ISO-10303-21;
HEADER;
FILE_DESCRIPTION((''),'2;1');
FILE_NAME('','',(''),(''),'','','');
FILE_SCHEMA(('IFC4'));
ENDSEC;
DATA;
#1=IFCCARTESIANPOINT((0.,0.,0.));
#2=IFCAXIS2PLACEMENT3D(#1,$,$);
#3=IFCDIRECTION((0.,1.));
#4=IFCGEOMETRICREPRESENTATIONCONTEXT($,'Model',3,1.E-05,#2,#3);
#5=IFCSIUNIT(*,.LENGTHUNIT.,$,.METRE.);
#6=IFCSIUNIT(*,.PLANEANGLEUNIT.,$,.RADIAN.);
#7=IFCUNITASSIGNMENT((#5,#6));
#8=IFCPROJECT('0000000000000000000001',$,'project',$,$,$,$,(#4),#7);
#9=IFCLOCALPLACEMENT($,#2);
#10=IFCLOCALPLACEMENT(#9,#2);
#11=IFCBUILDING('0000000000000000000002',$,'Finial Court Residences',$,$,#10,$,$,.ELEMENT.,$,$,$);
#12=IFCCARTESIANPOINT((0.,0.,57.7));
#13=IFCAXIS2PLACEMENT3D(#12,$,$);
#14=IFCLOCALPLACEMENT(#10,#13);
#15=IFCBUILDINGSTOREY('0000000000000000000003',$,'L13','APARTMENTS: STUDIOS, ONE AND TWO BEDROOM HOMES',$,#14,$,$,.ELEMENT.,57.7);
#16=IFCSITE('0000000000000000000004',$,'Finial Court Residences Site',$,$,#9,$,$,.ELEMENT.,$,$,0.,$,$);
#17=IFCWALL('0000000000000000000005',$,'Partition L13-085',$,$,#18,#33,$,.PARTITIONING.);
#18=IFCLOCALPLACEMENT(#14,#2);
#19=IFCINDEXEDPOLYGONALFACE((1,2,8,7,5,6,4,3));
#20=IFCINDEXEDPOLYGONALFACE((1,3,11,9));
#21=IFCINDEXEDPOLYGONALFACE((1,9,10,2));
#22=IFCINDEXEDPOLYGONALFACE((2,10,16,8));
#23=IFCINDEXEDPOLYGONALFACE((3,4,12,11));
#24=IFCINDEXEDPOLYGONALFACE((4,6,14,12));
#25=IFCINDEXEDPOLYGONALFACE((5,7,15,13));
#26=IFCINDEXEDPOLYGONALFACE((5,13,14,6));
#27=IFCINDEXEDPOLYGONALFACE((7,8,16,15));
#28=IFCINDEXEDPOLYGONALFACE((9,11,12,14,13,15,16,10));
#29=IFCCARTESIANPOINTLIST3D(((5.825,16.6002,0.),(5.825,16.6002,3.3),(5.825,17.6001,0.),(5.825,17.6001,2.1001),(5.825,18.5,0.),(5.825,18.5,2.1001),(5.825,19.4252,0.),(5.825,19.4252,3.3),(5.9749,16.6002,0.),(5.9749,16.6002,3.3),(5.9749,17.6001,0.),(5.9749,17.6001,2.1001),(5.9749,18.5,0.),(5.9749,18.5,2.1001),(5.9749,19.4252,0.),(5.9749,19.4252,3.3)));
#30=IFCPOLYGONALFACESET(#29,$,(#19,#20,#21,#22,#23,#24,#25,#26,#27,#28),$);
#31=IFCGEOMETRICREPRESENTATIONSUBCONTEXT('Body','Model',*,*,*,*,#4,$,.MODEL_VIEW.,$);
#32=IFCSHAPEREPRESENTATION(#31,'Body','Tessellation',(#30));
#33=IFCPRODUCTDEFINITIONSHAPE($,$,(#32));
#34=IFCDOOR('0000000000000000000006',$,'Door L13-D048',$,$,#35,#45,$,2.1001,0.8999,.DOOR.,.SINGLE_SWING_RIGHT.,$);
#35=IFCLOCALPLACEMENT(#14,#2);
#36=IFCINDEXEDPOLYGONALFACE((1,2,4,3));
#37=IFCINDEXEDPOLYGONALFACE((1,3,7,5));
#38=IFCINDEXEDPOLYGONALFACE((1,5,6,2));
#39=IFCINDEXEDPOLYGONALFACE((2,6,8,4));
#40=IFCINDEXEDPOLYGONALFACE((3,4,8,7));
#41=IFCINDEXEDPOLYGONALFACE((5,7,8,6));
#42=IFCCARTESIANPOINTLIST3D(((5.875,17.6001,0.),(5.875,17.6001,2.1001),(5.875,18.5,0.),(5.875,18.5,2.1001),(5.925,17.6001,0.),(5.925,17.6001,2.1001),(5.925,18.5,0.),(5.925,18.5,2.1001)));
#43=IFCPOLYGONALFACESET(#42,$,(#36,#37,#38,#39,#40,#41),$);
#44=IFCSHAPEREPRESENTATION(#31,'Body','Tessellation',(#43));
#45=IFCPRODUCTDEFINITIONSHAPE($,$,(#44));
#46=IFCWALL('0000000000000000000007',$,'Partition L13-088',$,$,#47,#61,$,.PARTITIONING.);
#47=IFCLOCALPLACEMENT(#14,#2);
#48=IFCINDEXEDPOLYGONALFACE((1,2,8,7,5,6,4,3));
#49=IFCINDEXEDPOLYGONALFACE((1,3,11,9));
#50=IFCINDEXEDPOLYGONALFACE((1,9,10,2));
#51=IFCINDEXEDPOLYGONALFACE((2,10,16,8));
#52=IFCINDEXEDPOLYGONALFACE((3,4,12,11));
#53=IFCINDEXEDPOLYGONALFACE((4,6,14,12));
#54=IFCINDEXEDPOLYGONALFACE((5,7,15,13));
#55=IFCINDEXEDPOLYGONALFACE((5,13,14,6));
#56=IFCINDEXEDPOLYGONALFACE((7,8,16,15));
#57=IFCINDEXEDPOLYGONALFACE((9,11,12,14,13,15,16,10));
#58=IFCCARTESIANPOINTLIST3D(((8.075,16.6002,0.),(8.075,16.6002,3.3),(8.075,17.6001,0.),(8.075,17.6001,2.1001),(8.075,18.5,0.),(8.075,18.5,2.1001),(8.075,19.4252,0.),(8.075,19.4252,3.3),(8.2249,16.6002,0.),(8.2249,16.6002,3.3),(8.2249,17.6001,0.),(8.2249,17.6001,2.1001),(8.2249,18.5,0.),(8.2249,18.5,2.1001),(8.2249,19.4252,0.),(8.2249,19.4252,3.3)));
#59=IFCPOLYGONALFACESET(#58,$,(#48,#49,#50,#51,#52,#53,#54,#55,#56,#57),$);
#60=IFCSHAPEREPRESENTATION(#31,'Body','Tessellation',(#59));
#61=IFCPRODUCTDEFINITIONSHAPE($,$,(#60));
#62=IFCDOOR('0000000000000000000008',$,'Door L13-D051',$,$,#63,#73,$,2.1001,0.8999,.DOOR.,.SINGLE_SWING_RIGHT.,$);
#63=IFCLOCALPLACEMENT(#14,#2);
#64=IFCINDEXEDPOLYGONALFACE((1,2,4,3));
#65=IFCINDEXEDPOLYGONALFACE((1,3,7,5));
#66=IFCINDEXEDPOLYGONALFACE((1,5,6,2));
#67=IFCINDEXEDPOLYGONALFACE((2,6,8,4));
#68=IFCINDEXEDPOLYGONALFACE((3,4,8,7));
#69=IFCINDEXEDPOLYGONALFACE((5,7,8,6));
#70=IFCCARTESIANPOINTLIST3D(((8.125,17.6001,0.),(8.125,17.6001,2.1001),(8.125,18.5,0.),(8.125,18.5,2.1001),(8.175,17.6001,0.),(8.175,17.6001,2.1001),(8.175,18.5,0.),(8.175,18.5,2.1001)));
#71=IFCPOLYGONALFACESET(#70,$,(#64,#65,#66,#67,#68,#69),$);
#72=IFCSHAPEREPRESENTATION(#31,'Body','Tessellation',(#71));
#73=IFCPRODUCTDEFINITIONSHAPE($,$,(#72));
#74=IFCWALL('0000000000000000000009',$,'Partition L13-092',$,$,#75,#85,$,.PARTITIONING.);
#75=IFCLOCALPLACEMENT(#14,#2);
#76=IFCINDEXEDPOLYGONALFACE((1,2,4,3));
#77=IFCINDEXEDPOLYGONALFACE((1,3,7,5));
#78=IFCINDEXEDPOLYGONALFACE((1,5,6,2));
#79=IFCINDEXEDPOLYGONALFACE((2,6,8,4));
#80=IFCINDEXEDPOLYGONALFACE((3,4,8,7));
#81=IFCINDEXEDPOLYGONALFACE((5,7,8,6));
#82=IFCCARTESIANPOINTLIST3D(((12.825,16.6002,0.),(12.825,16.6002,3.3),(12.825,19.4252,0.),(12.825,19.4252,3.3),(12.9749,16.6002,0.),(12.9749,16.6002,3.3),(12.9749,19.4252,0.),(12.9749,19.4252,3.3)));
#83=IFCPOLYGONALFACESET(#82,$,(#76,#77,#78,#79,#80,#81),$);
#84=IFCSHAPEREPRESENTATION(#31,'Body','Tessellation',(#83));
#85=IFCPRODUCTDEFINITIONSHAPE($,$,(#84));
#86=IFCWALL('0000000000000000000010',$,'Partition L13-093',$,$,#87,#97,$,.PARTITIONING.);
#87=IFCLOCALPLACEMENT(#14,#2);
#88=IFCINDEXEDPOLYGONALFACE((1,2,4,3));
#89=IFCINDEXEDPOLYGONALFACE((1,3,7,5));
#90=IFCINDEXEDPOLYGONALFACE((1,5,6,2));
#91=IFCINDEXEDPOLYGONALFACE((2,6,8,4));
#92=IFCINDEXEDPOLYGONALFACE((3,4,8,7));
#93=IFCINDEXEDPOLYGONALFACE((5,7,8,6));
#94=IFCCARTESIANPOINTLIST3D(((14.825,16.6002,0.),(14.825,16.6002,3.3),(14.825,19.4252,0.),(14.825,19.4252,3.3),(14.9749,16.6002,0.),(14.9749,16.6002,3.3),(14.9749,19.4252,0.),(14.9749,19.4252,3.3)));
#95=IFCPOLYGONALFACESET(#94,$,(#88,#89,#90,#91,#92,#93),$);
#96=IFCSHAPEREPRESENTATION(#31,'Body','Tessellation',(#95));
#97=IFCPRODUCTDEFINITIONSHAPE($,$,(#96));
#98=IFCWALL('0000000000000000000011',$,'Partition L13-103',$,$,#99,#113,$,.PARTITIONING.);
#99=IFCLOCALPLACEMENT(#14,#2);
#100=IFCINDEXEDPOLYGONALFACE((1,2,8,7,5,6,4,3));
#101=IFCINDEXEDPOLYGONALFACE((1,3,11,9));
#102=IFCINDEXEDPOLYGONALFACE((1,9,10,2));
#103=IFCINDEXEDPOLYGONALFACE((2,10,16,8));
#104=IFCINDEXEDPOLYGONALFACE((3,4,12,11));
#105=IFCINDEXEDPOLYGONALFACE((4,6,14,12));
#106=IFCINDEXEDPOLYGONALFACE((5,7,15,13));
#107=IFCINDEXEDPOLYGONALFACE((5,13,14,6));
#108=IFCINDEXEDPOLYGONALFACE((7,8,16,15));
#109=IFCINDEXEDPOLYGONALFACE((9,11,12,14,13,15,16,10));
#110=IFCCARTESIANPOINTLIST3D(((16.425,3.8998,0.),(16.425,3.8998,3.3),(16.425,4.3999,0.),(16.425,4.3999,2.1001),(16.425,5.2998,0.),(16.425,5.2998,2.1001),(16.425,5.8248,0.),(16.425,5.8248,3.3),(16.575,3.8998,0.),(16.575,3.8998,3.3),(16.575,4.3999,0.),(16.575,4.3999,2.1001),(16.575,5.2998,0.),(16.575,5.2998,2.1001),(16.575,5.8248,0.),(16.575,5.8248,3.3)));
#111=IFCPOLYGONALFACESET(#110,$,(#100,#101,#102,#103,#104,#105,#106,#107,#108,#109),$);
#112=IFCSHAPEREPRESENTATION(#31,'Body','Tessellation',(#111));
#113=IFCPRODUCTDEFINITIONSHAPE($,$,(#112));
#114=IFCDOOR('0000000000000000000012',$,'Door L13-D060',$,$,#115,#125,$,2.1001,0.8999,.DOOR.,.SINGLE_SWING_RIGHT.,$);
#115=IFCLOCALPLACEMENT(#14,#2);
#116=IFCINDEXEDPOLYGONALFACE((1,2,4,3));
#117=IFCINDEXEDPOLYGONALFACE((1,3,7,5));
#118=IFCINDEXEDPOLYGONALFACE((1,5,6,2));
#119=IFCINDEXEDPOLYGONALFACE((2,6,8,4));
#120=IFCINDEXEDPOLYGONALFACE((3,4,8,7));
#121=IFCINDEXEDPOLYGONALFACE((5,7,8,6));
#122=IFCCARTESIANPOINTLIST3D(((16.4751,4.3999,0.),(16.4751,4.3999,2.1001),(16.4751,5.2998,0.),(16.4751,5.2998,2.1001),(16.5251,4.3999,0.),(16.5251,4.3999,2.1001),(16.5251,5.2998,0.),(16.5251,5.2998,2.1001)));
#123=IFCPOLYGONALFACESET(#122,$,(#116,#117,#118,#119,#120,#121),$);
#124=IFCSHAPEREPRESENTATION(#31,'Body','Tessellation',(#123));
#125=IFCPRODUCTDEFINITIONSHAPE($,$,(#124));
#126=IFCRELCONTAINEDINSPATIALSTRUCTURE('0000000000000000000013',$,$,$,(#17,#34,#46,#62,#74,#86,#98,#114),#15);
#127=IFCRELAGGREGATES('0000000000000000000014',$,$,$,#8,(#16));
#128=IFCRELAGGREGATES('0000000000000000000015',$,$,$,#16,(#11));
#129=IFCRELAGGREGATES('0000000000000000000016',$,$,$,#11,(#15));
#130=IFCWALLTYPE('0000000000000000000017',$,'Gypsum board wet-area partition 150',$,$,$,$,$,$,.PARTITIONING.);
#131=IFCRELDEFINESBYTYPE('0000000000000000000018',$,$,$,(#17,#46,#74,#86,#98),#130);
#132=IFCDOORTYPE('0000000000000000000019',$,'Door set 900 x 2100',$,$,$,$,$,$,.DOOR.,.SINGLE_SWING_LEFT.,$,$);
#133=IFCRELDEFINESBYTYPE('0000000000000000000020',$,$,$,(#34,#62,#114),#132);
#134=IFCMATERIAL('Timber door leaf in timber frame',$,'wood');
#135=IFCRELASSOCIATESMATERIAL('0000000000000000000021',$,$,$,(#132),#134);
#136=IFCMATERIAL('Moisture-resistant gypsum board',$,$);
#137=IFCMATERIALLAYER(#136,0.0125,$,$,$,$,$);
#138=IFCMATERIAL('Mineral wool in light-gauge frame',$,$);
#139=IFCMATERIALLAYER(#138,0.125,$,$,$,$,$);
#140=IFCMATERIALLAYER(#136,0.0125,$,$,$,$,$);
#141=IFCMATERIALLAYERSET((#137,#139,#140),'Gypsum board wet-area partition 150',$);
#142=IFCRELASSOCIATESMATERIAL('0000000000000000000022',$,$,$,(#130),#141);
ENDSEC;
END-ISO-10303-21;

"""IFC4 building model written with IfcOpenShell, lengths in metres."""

from ifc_helpers import new_model, si_unit, direction, frame, frame_2d, origin, place, context, subcontext, project, spatial, rectangle, extrude, material, layer, layer_set, type_object, element, fill, save


model = new_model("IFC4")

# Units and contexts
model_context = context("Model", 3, precision=1e-05, world=origin(), true_north=direction((0.0, 1.0)))
body_context = subcontext(model_context, "Body", "Model", "MODEL_VIEW")
ifc_project = project(units=[si_unit("LENGTHUNIT", "METRE"), si_unit("PLANEANGLEUNIT", "RADIAN")], contexts=[model_context])

# Site, building, storey
site_placement = place(None, origin())
site = spatial("IfcSite", under=ifc_project, at=site_placement, Name="Finial Court Residences Site", CompositionType="ELEMENT", RefElevation=0.0)
building_placement = place(site_placement, origin())
building = spatial("IfcBuilding", under=site, at=building_placement, Name="Finial Court Residences", CompositionType="ELEMENT")
storey_placement = place(building_placement, frame((0.0, 0.0, 57.7)))
storey = spatial("IfcBuildingStorey", under=building, at=storey_placement, Name="L13", Description="APARTMENTS: STUDIOS, ONE AND TWO BEDROOM HOMES", CompositionType="ELEMENT", Elevation=57.7)

# Shared definitions
ifc_material_1 = material(Name="Mineral wool in light-gauge frame")

# Shared definitions
ifc_material_2 = material(Name="Timber door leaf in timber frame", Category="wood")
door_type = type_object("IfcDoorType", Name="Door set 900 x 2100", OperationType="SINGLE_SWING_LEFT", PredefinedType="DOOR", material=ifc_material_2)

# Shared definitions
ifc_material_3 = material(Name="Moisture-resistant gypsum board")
ifc_layer_1 = layer(ifc_material_3, 0.0125)
ifc_layer_2 = layer(ifc_material_1, 0.125)
ifc_layer_3 = layer(ifc_material_3, 0.0125)
ifc_layer_set_1 = layer_set([ifc_layer_1, ifc_layer_2, ifc_layer_3], Name="Gypsum board wet-area partition 150")
wall_type_1 = type_object("IfcWallType", Name="Gypsum board wet-area partition 150", PredefinedType="PARTITIONING", material=ifc_layer_set_1)

# Walls, openings, doors
wall_1_placement = place(storey_placement, frame((5.8999, 16.6001, 0.0), z_axis=(0.0, 0.0, 1.0), x_axis=(0.0, 1.0, 0.0)))
wall_1 = element("IfcWall", 1, at=wall_1_placement, inside=storey, type_object=wall_type_1, Name="Partition L13-085", PredefinedType="PARTITIONING", context=body_context, shape_type="SweptSolid", body=[
    extrude(rectangle(XDim=2.825, YDim=0.1499, at=frame_2d((1.4126, 0.0))), origin(), (0.0, 0.0, 1.0), 3.3),
])
opening_1_placement = place(wall_1_placement, frame((1.0, 0.0, 0.0)))
opening_1 = element("IfcOpeningElement", 2, at=opening_1_placement, cuts=wall_1, PredefinedType="OPENING", context=body_context, shape_type="SweptSolid", body=[
    extrude(rectangle(XDim=0.8999, YDim=2.1001, at=frame_2d((0.45, 1.05))), frame((0.0, 0.085, 0.0), z_axis=(0.0, -1.0, 0.0), x_axis=(1.0, 0.0, 0.0)), (0.0, 0.0, 1.0), 0.1699),
])
door_1_placement = place(opening_1_placement, origin())
door_1 = element("IfcDoor", 3, at=door_1_placement, inside=storey, type_object=door_type, Name="Door L13-D048", OperationType="SINGLE_SWING_RIGHT", OverallHeight=2.1001, OverallWidth=0.8999, PredefinedType="DOOR", context=body_context, shape_type="SweptSolid", body=[
    extrude(rectangle(XDim=0.8999, YDim=2.1001, at=frame_2d((0.45, 1.05))), frame((0.0, 0.0249, 0.0), z_axis=(0.0, -1.0, 0.0), x_axis=(1.0, 0.0, 0.0)), (0.0, 0.0, 1.0), 0.05),
])
fill(opening_1, door_1)
wall_2_placement = place(storey_placement, frame((8.1499, 16.6001, 0.0), z_axis=(0.0, 0.0, 1.0), x_axis=(0.0, 1.0, 0.0)))
wall_2 = element("IfcWall", 4, at=wall_2_placement, inside=storey, type_object=wall_type_1, Name="Partition L13-088", PredefinedType="PARTITIONING", context=body_context, shape_type="SweptSolid", body=[
    extrude(rectangle(XDim=2.825, YDim=0.1499, at=frame_2d((1.4126, 0.0))), origin(), (0.0, 0.0, 1.0), 3.3),
])
opening_2_placement = place(wall_2_placement, frame((1.0, 0.0, 0.0)))
opening_2 = element("IfcOpeningElement", 5, at=opening_2_placement, cuts=wall_2, PredefinedType="OPENING", context=body_context, shape_type="SweptSolid", body=[
    extrude(rectangle(XDim=0.8999, YDim=2.1001, at=frame_2d((0.45, 1.05))), frame((0.0, 0.085, 0.0), z_axis=(0.0, -1.0, 0.0), x_axis=(1.0, 0.0, 0.0)), (0.0, 0.0, 1.0), 0.1699),
])
door_2_placement = place(opening_2_placement, origin())
door_2 = element("IfcDoor", 6, at=door_2_placement, inside=storey, type_object=door_type, Name="Door L13-D051", OperationType="SINGLE_SWING_RIGHT", OverallHeight=2.1001, OverallWidth=0.8999, PredefinedType="DOOR", context=body_context, shape_type="SweptSolid", body=[
    extrude(rectangle(XDim=0.8999, YDim=2.1001, at=frame_2d((0.45, 1.05))), frame((0.0, 0.0249, 0.0), z_axis=(0.0, -1.0, 0.0), x_axis=(1.0, 0.0, 0.0)), (0.0, 0.0, 1.0), 0.05),
])
fill(opening_2, door_2)

# Walls
for number, where, z_axis, x_axis, name in (
    (7, (12.8999, 16.6001, 0.0), (0.0, 0.0, 1.0), (0.0, 1.0, 0.0), "Partition L13-092"),
    (8, (14.8999, 16.6001, 0.0), (0.0, 0.0, 1.0), (0.0, 1.0, 0.0), "Partition L13-093"),
):
    element("IfcWall", number, at=place(storey_placement, frame(where, z_axis=z_axis, x_axis=x_axis)), inside=storey, type_object=wall_type_1, Name=name, PredefinedType="PARTITIONING", context=body_context, shape_type="SweptSolid", body=[
        extrude(rectangle(XDim=2.825, YDim=0.1499, at=frame_2d((1.4126, 0.0))), origin(), (0.0, 0.0, 1.0), 3.3),
    ])

# Wall, opening, door
wall_3_placement = place(storey_placement, frame((16.5, 3.8999, 0.0), z_axis=(0.0, 0.0, 1.0), x_axis=(0.0, 1.0, 0.0)))
wall_3 = element("IfcWall", 9, at=wall_3_placement, inside=storey, type_object=wall_type_1, Name="Partition L13-103", PredefinedType="PARTITIONING", context=body_context, shape_type="SweptSolid", body=[
    extrude(rectangle(XDim=1.925, YDim=0.1499, at=frame_2d((0.9624, 0.0))), origin(), (0.0, 0.0, 1.0), 3.3),
])
opening_3_placement = place(wall_3_placement, frame((0.5, 0.0, 0.0)))
opening_3 = element("IfcOpeningElement", 10, at=opening_3_placement, cuts=wall_3, PredefinedType="OPENING", context=body_context, shape_type="SweptSolid", body=[
    extrude(rectangle(XDim=0.8999, YDim=2.1001, at=frame_2d((0.45, 1.05))), frame((0.0, 0.085, 0.0), z_axis=(0.0, -1.0, 0.0), x_axis=(1.0, 0.0, 0.0)), (0.0, 0.0, 1.0), 0.1699),
])
door_3_placement = place(opening_3_placement, origin())
door_3 = element("IfcDoor", 11, at=door_3_placement, inside=storey, type_object=door_type, Name="Door L13-D060", OperationType="SINGLE_SWING_RIGHT", OverallHeight=2.1001, OverallWidth=0.8999, PredefinedType="DOOR", context=body_context, shape_type="SweptSolid", body=[
    extrude(rectangle(XDim=0.8999, YDim=2.1001, at=frame_2d((0.45, 1.05))), frame((0.0, 0.0249, 0.0), z_axis=(0.0, -1.0, 0.0), x_axis=(1.0, 0.0, 0.0)), (0.0, 0.0, 1.0), 0.05),
])
fill(opening_3, door_3)

save(model, "model.ifc")
